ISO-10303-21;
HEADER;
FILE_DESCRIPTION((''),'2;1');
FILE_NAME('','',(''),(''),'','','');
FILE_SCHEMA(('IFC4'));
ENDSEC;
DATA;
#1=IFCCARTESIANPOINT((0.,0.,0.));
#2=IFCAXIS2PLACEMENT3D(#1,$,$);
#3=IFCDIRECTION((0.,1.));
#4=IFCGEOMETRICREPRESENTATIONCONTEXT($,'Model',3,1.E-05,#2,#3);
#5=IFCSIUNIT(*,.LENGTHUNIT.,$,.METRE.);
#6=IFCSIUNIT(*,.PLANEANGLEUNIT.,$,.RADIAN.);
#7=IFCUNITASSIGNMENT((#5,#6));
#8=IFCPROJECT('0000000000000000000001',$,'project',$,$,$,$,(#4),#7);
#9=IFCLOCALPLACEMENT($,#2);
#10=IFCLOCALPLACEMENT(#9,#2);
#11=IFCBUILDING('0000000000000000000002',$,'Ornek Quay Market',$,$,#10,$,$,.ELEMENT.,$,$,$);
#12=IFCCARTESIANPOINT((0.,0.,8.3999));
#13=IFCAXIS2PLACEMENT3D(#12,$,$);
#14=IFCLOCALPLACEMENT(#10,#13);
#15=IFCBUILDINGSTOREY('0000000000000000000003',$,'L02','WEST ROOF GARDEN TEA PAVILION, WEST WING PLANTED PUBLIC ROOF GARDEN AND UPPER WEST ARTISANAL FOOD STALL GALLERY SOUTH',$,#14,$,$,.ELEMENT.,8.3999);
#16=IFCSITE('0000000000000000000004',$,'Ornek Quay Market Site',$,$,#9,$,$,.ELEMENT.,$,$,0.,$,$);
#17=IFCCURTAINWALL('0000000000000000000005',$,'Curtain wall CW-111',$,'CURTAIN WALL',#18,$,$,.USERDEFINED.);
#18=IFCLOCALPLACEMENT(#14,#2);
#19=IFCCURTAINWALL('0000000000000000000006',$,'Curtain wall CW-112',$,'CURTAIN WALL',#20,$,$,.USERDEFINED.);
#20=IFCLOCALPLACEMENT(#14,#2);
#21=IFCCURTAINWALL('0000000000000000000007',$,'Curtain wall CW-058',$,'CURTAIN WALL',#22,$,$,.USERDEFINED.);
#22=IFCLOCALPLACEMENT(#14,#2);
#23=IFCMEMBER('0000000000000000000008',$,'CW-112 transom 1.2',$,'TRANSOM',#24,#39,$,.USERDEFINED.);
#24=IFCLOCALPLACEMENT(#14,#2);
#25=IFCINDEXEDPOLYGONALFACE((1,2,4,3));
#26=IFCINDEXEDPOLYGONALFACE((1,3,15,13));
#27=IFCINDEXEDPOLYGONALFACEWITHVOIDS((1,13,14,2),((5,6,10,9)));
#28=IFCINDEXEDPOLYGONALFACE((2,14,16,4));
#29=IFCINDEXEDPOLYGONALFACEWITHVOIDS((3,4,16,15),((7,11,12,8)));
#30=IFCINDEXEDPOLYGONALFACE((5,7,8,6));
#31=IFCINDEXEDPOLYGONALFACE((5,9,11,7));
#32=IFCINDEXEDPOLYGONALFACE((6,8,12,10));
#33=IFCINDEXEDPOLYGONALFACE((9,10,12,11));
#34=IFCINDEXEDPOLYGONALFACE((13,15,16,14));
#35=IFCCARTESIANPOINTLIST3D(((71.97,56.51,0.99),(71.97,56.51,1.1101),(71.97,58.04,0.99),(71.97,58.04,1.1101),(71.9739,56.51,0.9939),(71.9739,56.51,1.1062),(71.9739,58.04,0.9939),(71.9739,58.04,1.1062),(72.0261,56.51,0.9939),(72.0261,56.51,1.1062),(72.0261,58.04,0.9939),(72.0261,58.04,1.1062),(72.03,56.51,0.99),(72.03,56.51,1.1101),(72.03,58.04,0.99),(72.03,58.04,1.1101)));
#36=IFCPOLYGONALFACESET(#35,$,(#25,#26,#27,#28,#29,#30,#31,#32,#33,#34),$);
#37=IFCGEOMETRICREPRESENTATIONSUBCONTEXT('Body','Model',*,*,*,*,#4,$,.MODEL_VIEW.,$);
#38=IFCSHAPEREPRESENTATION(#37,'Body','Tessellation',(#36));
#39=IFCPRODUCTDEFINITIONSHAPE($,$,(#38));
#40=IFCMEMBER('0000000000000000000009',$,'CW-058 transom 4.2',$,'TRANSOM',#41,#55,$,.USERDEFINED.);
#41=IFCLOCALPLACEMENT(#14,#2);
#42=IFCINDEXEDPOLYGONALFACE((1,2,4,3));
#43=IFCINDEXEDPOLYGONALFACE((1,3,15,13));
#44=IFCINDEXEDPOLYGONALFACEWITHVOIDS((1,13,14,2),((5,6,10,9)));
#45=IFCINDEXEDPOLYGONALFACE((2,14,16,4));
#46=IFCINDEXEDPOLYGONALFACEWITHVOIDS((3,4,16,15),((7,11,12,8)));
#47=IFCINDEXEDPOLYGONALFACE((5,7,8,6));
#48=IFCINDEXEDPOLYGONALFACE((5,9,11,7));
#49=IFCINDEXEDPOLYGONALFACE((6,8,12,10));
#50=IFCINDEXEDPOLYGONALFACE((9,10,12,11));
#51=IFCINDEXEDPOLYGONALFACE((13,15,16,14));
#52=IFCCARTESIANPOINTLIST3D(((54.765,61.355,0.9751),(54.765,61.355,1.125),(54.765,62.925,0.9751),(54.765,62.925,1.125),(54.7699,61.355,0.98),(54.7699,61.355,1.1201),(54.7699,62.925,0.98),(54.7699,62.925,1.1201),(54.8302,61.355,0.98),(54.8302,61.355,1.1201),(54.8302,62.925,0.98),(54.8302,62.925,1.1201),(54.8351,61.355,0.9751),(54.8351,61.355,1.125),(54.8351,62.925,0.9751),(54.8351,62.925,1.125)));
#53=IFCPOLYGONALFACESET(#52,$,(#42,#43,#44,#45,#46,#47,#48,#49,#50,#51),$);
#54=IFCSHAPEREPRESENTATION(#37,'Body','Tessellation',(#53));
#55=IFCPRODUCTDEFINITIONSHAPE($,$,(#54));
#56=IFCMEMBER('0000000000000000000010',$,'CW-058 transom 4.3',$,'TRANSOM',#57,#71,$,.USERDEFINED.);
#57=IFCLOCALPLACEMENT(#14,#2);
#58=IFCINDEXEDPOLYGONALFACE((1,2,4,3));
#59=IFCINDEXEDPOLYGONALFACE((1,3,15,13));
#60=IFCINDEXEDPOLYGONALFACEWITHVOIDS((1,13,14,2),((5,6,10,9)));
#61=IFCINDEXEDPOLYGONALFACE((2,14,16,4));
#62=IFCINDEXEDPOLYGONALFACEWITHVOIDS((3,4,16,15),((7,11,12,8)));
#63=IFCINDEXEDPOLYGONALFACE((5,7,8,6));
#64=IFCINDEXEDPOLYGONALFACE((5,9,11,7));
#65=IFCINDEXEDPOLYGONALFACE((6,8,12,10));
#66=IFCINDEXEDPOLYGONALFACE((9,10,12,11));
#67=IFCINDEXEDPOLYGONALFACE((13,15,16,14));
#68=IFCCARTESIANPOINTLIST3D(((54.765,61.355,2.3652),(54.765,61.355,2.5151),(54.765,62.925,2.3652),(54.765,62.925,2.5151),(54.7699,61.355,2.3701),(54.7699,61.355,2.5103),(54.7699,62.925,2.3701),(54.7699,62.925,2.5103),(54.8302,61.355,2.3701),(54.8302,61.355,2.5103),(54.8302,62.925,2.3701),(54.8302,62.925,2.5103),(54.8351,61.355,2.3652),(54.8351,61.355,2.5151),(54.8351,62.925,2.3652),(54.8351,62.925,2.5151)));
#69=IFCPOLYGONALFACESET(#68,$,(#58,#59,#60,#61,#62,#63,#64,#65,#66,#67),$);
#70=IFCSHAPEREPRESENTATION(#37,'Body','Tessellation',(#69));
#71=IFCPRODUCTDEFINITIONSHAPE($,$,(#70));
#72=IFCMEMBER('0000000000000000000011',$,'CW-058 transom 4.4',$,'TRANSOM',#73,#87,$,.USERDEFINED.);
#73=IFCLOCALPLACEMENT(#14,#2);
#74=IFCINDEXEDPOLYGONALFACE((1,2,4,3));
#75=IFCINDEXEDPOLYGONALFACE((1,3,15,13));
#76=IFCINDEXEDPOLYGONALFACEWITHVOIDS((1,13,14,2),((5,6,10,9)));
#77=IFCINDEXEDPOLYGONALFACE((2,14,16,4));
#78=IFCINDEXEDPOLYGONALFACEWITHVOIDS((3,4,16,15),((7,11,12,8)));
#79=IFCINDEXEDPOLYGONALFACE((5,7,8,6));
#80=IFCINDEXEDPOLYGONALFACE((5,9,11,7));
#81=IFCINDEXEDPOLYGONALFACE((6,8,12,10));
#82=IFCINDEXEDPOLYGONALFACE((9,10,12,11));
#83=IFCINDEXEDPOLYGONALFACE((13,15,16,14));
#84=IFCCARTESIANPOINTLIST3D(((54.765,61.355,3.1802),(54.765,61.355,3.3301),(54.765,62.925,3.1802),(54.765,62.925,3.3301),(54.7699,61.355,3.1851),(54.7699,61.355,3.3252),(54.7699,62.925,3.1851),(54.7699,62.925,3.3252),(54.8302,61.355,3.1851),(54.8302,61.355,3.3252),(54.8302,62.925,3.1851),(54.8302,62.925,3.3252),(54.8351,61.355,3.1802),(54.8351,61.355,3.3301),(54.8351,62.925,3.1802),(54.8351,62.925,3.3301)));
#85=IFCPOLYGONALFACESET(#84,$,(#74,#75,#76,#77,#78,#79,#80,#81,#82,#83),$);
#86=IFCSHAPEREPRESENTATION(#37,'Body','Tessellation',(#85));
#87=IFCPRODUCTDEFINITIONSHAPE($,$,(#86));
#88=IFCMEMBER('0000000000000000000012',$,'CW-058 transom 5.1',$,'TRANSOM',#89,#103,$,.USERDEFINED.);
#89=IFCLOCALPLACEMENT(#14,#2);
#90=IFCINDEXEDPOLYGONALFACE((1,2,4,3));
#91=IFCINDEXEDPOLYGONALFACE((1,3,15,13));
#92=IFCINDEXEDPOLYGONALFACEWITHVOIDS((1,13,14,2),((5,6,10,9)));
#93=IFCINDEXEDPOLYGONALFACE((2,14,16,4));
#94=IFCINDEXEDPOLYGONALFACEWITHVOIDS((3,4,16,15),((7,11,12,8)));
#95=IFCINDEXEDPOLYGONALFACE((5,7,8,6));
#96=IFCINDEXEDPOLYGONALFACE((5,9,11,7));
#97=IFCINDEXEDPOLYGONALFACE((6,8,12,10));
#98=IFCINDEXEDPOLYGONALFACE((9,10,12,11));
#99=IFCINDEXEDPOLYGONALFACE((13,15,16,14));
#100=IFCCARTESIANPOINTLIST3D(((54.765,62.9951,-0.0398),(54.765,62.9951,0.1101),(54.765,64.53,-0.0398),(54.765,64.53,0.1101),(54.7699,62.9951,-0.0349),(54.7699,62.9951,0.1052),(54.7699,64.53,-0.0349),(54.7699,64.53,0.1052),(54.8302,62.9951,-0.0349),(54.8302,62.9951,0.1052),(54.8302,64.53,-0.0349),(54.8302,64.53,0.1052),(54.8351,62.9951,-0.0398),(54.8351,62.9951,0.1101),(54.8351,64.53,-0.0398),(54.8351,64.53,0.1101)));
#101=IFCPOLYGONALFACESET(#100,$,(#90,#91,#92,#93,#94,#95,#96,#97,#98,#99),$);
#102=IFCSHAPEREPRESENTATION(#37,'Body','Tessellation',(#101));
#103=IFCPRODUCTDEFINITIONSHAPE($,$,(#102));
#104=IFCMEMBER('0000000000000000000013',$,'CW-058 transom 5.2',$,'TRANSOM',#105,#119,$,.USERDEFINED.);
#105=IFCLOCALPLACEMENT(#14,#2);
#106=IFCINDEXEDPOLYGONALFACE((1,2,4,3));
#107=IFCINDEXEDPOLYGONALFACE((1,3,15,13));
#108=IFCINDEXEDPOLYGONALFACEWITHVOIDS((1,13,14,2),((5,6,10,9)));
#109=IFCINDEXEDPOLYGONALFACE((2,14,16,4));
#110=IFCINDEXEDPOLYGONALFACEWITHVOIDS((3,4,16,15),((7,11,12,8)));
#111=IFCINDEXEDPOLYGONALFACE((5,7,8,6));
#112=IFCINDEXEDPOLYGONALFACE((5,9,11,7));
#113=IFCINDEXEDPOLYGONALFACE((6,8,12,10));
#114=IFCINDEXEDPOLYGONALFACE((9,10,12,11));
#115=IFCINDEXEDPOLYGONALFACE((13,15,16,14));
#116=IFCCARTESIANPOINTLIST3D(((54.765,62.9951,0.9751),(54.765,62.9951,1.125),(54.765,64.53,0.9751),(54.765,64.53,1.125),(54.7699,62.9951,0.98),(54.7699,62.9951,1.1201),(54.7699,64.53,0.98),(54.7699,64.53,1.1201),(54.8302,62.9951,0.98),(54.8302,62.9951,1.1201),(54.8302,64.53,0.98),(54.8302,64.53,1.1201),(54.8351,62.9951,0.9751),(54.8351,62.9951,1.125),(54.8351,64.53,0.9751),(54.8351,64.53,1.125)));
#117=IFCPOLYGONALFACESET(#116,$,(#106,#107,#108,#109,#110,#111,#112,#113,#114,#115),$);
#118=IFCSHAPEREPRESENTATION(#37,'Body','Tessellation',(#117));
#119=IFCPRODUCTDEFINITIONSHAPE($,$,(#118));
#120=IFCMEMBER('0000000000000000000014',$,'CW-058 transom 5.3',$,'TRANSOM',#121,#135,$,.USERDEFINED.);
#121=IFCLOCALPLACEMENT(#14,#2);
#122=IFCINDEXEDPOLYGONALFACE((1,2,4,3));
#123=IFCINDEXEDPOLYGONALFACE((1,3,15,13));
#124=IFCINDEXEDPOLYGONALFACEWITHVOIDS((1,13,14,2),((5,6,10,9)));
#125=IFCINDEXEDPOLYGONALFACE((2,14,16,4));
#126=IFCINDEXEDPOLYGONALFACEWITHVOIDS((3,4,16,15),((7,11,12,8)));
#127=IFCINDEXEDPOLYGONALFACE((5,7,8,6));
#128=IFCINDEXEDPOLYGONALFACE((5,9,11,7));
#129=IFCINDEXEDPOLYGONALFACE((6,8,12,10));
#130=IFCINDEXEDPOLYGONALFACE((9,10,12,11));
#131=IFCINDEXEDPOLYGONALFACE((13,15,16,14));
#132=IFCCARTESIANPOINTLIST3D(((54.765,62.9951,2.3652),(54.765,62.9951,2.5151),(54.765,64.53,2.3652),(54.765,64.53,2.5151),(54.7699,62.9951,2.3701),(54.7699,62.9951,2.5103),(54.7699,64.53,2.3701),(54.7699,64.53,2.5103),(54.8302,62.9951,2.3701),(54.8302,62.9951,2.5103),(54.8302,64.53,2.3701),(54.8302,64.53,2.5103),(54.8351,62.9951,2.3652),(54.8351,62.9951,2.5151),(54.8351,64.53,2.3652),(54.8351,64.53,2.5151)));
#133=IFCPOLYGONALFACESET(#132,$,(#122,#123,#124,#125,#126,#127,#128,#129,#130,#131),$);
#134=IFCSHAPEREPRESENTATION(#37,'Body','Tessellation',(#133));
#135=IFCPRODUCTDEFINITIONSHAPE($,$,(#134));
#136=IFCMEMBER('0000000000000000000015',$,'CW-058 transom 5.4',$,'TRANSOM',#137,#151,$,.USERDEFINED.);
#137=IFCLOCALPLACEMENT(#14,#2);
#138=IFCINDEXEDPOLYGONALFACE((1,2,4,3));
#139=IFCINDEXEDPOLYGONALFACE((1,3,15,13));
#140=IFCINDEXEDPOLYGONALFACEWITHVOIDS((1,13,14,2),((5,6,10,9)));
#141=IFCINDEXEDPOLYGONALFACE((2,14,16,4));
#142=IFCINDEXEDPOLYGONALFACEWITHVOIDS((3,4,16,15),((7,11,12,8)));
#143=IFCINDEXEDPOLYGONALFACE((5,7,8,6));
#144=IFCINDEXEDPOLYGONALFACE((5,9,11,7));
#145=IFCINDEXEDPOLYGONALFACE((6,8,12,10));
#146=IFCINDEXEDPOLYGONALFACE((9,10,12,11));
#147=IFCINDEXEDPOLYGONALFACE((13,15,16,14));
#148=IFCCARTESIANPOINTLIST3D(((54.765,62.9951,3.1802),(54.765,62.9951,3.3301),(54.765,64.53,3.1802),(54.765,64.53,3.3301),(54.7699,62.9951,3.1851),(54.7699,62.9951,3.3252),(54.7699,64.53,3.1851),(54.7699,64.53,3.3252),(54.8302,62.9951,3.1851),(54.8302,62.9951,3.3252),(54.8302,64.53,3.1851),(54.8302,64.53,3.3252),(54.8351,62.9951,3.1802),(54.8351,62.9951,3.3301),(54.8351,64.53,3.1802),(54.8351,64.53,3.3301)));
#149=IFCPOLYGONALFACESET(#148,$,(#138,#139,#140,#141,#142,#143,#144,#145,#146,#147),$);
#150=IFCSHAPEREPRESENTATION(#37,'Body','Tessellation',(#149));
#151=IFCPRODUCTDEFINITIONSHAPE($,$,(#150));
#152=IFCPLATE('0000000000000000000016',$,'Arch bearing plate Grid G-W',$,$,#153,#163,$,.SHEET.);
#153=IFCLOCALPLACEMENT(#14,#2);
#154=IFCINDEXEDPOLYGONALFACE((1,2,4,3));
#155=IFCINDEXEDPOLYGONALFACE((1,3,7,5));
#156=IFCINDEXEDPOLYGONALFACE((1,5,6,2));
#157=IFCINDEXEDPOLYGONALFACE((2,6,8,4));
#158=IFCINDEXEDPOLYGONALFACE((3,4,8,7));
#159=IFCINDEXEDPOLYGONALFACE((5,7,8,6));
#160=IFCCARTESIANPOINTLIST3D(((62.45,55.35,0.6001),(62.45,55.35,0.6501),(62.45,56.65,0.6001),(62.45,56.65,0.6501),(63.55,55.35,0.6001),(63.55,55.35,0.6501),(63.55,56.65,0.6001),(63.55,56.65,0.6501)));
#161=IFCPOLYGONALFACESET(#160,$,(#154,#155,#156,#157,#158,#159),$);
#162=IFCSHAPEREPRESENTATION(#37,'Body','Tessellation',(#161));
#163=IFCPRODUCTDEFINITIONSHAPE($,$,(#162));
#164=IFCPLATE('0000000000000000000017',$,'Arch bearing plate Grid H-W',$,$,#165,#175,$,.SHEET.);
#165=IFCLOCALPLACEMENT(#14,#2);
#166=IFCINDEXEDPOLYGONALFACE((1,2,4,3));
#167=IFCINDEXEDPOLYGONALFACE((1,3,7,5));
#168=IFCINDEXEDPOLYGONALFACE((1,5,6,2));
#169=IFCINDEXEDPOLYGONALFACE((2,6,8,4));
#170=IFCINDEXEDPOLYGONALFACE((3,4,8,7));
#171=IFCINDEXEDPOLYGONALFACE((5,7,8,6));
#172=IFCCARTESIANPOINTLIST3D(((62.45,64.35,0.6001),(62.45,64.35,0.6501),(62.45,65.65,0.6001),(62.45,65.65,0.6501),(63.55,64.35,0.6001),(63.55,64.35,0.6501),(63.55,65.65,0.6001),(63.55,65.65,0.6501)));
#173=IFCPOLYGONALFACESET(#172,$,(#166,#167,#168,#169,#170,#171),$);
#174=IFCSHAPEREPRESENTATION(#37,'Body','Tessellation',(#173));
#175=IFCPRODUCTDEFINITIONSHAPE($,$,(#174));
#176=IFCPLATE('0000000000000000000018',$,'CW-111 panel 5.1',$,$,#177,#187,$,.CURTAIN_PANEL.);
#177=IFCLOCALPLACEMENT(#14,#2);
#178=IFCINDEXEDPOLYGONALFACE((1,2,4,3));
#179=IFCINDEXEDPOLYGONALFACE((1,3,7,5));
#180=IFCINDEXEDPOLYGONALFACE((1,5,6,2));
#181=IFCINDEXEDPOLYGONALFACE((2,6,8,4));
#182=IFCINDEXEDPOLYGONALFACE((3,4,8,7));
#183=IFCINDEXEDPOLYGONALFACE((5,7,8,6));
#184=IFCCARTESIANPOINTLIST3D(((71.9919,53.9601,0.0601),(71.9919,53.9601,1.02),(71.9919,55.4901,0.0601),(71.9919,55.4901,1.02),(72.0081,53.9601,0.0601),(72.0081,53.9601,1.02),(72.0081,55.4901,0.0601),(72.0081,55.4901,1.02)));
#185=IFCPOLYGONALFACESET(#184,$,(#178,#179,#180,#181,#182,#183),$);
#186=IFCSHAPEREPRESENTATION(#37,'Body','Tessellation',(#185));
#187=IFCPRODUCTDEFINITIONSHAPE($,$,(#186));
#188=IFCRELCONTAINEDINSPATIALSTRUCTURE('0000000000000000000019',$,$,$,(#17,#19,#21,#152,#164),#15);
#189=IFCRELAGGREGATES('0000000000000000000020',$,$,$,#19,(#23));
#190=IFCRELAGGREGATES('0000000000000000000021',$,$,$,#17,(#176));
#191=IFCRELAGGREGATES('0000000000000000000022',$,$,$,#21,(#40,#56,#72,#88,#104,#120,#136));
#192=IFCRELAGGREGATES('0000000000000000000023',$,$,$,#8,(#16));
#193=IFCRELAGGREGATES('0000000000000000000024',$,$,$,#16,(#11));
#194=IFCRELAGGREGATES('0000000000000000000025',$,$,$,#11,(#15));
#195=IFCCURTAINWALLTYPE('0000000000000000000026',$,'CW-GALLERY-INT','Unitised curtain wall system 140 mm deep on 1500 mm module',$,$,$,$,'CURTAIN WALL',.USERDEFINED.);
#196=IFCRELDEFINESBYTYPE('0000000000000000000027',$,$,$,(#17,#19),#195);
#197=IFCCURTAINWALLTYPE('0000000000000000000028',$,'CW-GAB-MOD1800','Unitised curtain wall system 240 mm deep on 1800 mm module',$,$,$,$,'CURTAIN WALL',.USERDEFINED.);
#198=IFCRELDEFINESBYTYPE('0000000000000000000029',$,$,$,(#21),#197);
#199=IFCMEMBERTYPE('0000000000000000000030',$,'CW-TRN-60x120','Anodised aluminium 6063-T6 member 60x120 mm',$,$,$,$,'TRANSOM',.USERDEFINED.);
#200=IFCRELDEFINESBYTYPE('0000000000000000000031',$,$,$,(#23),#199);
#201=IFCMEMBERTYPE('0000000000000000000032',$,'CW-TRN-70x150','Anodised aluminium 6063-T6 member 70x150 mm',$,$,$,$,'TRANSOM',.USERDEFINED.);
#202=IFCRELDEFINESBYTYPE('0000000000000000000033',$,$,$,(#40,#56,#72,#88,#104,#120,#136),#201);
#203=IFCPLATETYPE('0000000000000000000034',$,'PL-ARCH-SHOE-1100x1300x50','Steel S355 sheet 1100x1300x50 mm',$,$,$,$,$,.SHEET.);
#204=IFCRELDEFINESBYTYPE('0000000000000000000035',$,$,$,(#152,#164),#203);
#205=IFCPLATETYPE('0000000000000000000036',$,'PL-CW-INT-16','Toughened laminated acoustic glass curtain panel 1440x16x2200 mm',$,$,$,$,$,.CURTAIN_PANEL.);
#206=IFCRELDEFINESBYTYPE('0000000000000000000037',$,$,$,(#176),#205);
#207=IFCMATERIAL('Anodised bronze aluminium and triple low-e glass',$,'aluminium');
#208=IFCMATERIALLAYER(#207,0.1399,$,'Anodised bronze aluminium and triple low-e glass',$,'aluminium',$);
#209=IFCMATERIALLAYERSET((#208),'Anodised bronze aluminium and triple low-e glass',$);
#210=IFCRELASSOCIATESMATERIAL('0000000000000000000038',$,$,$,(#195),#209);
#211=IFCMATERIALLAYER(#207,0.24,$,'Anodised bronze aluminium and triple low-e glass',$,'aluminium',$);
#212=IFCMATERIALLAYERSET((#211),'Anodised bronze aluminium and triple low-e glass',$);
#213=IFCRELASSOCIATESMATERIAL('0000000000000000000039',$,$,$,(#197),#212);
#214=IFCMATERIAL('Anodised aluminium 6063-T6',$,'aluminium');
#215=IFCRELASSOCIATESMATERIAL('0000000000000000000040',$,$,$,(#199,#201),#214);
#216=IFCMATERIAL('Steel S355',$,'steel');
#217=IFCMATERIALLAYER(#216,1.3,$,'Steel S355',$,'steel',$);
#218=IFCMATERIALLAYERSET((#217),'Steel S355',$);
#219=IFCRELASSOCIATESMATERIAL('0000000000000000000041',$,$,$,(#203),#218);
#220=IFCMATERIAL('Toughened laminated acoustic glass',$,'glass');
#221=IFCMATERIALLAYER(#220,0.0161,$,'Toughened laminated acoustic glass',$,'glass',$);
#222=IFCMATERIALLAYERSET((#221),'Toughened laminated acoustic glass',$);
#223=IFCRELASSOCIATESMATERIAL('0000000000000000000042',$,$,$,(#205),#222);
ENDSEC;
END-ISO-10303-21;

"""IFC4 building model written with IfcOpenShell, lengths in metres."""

from ifc_helpers import new_model, si_unit, direction, frame, origin, origin_2d, place, context, subcontext, project, spatial, rectangle, hollow_rectangle, extrude, material, layer, layer_set, material_profile, profile_set, type_object, element, aggregate, save


model = new_model("IFC4")

# Units and contexts
model_context = context("Model", 3, precision=1e-05, world=origin(), true_north=direction((0.0, 1.0)))
body_context = subcontext(model_context, "Body", "Model", "MODEL_VIEW")
ifc_project = project(units=[si_unit("LENGTHUNIT", "METRE"), si_unit("PLANEANGLEUNIT", "RADIAN")], contexts=[model_context])

# Site, building, storey
site_placement = place(None, origin())
site = spatial("IfcSite", under=ifc_project, at=site_placement, Name="Ornek Quay Market Site", CompositionType="ELEMENT", RefElevation=0.0)
building_placement = place(site_placement, origin())
building = spatial("IfcBuilding", under=site, at=building_placement, Name="Ornek Quay Market", CompositionType="ELEMENT")
storey_placement = place(building_placement, frame((0.0, 0.0, 8.3999)))
storey = spatial("IfcBuildingStorey", under=building, at=storey_placement, Name="L02", Description="WEST ROOF GARDEN TEA PAVILION, WEST WING PLANTED PUBLIC ROOF GARDEN AND UPPER WEST ARTISANAL FOOD STALL GALLERY SOUTH", CompositionType="ELEMENT", Elevation=8.3999)

# Curtain walls
ifc_material_1 = material(Name="Anodised bronze aluminium and triple low-e glass", Category="aluminium")
ifc_layer_1 = layer(ifc_material_1, 0.1399, Name="Anodised bronze aluminium and triple low-e glass", Category="aluminium")
ifc_layer_set_1 = layer_set([ifc_layer_1], Name="Anodised bronze aluminium and triple low-e glass")
curtain_wall_type_1 = type_object("IfcCurtainWallType", Name="CW-GALLERY-INT", Description="Unitised curtain wall system 140 mm deep on 1500 mm module", ElementType="CURTAIN WALL", PredefinedType="USERDEFINED", material=ifc_layer_set_1)
curtain_wall_1_placement = place(storey_placement, origin())
curtain_wall_1 = element("IfcCurtainWall", 1, at=curtain_wall_1_placement, inside=storey, type_object=curtain_wall_type_1, Name="Curtain wall CW-111", ObjectType="CURTAIN WALL", PredefinedType="USERDEFINED")
ifc_material_2 = material(Name="Anodised aluminium 6063-T6", Category="aluminium")
curtain_wall_2_placement = place(storey_placement, origin())
curtain_wall_2 = element("IfcCurtainWall", 2, at=curtain_wall_2_placement, inside=storey, type_object=curtain_wall_type_1, Name="Curtain wall CW-112", ObjectType="CURTAIN WALL", PredefinedType="USERDEFINED")

# Curtain wall
ifc_layer_2 = layer(ifc_material_1, 0.24, Name="Anodised bronze aluminium and triple low-e glass", Category="aluminium")
ifc_layer_set_2 = layer_set([ifc_layer_2], Name="Anodised bronze aluminium and triple low-e glass")
curtain_wall_type_2 = type_object("IfcCurtainWallType", Name="CW-GAB-MOD1800", Description="Unitised curtain wall system 240 mm deep on 1800 mm module", ElementType="CURTAIN WALL", PredefinedType="USERDEFINED", material=ifc_layer_set_2)
curtain_wall_3_placement = place(storey_placement, origin())
curtain_wall_3 = element("IfcCurtainWall", 3, at=curtain_wall_3_placement, inside=storey, type_object=curtain_wall_type_2, Name="Curtain wall CW-058", ObjectType="CURTAIN WALL", PredefinedType="USERDEFINED")

# Members
ifc_material_profile_1 = material_profile(ifc_material_2, hollow_rectangle(XDim=0.0601, YDim=0.1201, WallThickness=0.0039, at=origin_2d()), Name="CW-TRN-60x120", Category="aluminium")
ifc_profile_set_1 = profile_set([ifc_material_profile_1], Name="Anodised aluminium 6063-T6")
member_type_1 = type_object("IfcMemberType", Name="CW-TRN-60x120", Description="Anodised aluminium 6063-T6 member 60x120 mm", ElementType="TRANSOM", PredefinedType="USERDEFINED", material=ifc_profile_set_1)
member_1_placement = place(storey_placement, frame((72.0, 56.51, 1.05), z_axis=(0.0, 1.0, 0.0), x_axis=(-1.0, 0.0, 0.0)))
member_1 = element("IfcMember", 4, at=member_1_placement, type_object=member_type_1, Name="CW-112 transom 1.2", ObjectType="TRANSOM", PredefinedType="USERDEFINED", context=body_context, shape_type="SweptSolid", body=[
    extrude(hollow_rectangle(XDim=0.0601, YDim=0.1201, WallThickness=0.0039, at=origin_2d()), origin(), (0.0, 0.0, 1.0), 1.53),
])
aggregate(curtain_wall_2, [member_1])
ifc_material_profile_2 = material_profile(ifc_material_2, hollow_rectangle(XDim=0.0701, YDim=0.1499, WallThickness=0.0049, at=origin_2d()), Name="CW-TRN-70x150", Category="aluminium")
ifc_profile_set_2 = profile_set([ifc_material_profile_2], Name="Anodised aluminium 6063-T6")
member_type_2 = type_object("IfcMemberType", Name="CW-TRN-70x150", Description="Anodised aluminium 6063-T6 member 70x150 mm", ElementType="TRANSOM", PredefinedType="USERDEFINED", material=ifc_profile_set_2)
member_2_placement = place(storey_placement, frame((54.8, 61.355, 1.05), z_axis=(0.0, 1.0, 0.0), x_axis=(-1.0, 0.0, 0.0)))
member_2 = element("IfcMember", 5, at=member_2_placement, type_object=member_type_2, Name="CW-058 transom 4.2", ObjectType="TRANSOM", PredefinedType="USERDEFINED", context=body_context, shape_type="SweptSolid", body=[
    extrude(hollow_rectangle(XDim=0.0701, YDim=0.1499, WallThickness=0.0049, at=origin_2d()), origin(), (0.0, 0.0, 1.0), 1.5701),
])
member_3_placement = place(storey_placement, frame((54.8, 61.355, 2.4402), z_axis=(0.0, 1.0, 0.0), x_axis=(-1.0, 0.0, 0.0)))
member_3 = element("IfcMember", 6, at=member_3_placement, type_object=member_type_2, Name="CW-058 transom 4.3", ObjectType="TRANSOM", PredefinedType="USERDEFINED", context=body_context, shape_type="SweptSolid", body=[
    extrude(hollow_rectangle(XDim=0.0701, YDim=0.1499, WallThickness=0.0049, at=origin_2d()), origin(), (0.0, 0.0, 1.0), 1.5701),
])
member_4_placement = place(storey_placement, frame((54.8, 61.355, 3.2551), z_axis=(0.0, 1.0, 0.0), x_axis=(-1.0, 0.0, 0.0)))
member_4 = element("IfcMember", 7, at=member_4_placement, type_object=member_type_2, Name="CW-058 transom 4.4", ObjectType="TRANSOM", PredefinedType="USERDEFINED", context=body_context, shape_type="SweptSolid", body=[
    extrude(hollow_rectangle(XDim=0.0701, YDim=0.1499, WallThickness=0.0049, at=origin_2d()), origin(), (0.0, 0.0, 1.0), 1.5701),
])
member_5_placement = place(storey_placement, frame((54.8, 62.9951, 0.0352), z_axis=(0.0, 1.0, 0.0), x_axis=(-1.0, 0.0, 0.0)))
member_5 = element("IfcMember", 8, at=member_5_placement, type_object=member_type_2, Name="CW-058 transom 5.1", ObjectType="TRANSOM", PredefinedType="USERDEFINED", context=body_context, shape_type="SweptSolid", body=[
    extrude(hollow_rectangle(XDim=0.0701, YDim=0.1499, WallThickness=0.0049, at=origin_2d()), origin(), (0.0, 0.0, 1.0), 1.5349),
])
member_6_placement = place(storey_placement, frame((54.8, 62.9951, 1.05), z_axis=(0.0, 1.0, 0.0), x_axis=(-1.0, 0.0, 0.0)))
member_6 = element("IfcMember", 9, at=member_6_placement, type_object=member_type_2, Name="CW-058 transom 5.2", ObjectType="TRANSOM", PredefinedType="USERDEFINED", context=body_context, shape_type="SweptSolid", body=[
    extrude(hollow_rectangle(XDim=0.0701, YDim=0.1499, WallThickness=0.0049, at=origin_2d()), origin(), (0.0, 0.0, 1.0), 1.5349),
])
member_7_placement = place(storey_placement, frame((54.8, 62.9951, 2.4402), z_axis=(0.0, 1.0, 0.0), x_axis=(-1.0, 0.0, 0.0)))
member_7 = element("IfcMember", 10, at=member_7_placement, type_object=member_type_2, Name="CW-058 transom 5.3", ObjectType="TRANSOM", PredefinedType="USERDEFINED", context=body_context, shape_type="SweptSolid", body=[
    extrude(hollow_rectangle(XDim=0.0701, YDim=0.1499, WallThickness=0.0049, at=origin_2d()), origin(), (0.0, 0.0, 1.0), 1.5349),
])
member_8_placement = place(storey_placement, frame((54.8, 62.9951, 3.2551), z_axis=(0.0, 1.0, 0.0), x_axis=(-1.0, 0.0, 0.0)))
member_8 = element("IfcMember", 11, at=member_8_placement, type_object=member_type_2, Name="CW-058 transom 5.4", ObjectType="TRANSOM", PredefinedType="USERDEFINED", context=body_context, shape_type="SweptSolid", body=[
    extrude(hollow_rectangle(XDim=0.0701, YDim=0.1499, WallThickness=0.0049, at=origin_2d()), origin(), (0.0, 0.0, 1.0), 1.5349),
])

# Plates
ifc_material_3 = material(Name="Steel S355", Category="steel")
ifc_layer_3 = layer(ifc_material_3, 1.3, Name="Steel S355", Category="steel")
ifc_layer_set_3 = layer_set([ifc_layer_3], Name="Steel S355")
plate_type_1 = type_object("IfcPlateType", Name="PL-ARCH-SHOE-1100x1300x50", Description="Steel S355 sheet 1100x1300x50 mm", PredefinedType="SHEET", material=ifc_layer_set_3)
for number, where, z_axis, x_axis, name in (
    (12, (63.0, 56.0, 0.6001), (0.0, 0.0, 1.0), (1.0, 0.0, 0.0), "Arch bearing plate Grid G-W"),
    (13, (63.0, 65.0, 0.6001), (0.0, 0.0, 1.0), (1.0, 0.0, 0.0), "Arch bearing plate Grid H-W"),
):
    element("IfcPlate", number, at=place(storey_placement, frame(where, z_axis=z_axis, x_axis=x_axis)), inside=storey, type_object=plate_type_1, Name=name, PredefinedType="SHEET", context=body_context, shape_type="SweptSolid", body=[
        extrude(rectangle(XDim=1.1001, YDim=1.3, at=origin_2d()), origin(), (0.0, 0.0, 1.0), 0.05),
    ])

# Plate
ifc_material_4 = material(Name="Toughened laminated acoustic glass", Category="glass")
ifc_layer_4 = layer(ifc_material_4, 0.0161, Name="Toughened laminated acoustic glass", Category="glass")
ifc_layer_set_4 = layer_set([ifc_layer_4], Name="Toughened laminated acoustic glass")
plate_type_2 = type_object("IfcPlateType", Name="PL-CW-INT-16", Description="Toughened laminated acoustic glass curtain panel 1440x16x2200 mm", PredefinedType="CURTAIN_PANEL", material=ifc_layer_set_4)
plate_1_placement = place(storey_placement, frame((72.0, 54.7251, 0.0601), z_axis=(0.0, 0.0, 1.0), x_axis=(0.0, 1.0, 0.0)))
plate_1 = element("IfcPlate", 14, at=plate_1_placement, type_object=plate_type_2, Name="CW-111 panel 5.1", PredefinedType="CURTAIN_PANEL", context=body_context, shape_type="SweptSolid", body=[
    extrude(rectangle(XDim=1.53, YDim=0.0161, at=origin_2d()), origin(), (0.0, 0.0, 1.0), 0.96),
])
aggregate(curtain_wall_1, [plate_1])
aggregate(curtain_wall_3, [member_2, member_3, member_4, member_5, member_6, member_7, member_8])

save(model, "model.ifc")
